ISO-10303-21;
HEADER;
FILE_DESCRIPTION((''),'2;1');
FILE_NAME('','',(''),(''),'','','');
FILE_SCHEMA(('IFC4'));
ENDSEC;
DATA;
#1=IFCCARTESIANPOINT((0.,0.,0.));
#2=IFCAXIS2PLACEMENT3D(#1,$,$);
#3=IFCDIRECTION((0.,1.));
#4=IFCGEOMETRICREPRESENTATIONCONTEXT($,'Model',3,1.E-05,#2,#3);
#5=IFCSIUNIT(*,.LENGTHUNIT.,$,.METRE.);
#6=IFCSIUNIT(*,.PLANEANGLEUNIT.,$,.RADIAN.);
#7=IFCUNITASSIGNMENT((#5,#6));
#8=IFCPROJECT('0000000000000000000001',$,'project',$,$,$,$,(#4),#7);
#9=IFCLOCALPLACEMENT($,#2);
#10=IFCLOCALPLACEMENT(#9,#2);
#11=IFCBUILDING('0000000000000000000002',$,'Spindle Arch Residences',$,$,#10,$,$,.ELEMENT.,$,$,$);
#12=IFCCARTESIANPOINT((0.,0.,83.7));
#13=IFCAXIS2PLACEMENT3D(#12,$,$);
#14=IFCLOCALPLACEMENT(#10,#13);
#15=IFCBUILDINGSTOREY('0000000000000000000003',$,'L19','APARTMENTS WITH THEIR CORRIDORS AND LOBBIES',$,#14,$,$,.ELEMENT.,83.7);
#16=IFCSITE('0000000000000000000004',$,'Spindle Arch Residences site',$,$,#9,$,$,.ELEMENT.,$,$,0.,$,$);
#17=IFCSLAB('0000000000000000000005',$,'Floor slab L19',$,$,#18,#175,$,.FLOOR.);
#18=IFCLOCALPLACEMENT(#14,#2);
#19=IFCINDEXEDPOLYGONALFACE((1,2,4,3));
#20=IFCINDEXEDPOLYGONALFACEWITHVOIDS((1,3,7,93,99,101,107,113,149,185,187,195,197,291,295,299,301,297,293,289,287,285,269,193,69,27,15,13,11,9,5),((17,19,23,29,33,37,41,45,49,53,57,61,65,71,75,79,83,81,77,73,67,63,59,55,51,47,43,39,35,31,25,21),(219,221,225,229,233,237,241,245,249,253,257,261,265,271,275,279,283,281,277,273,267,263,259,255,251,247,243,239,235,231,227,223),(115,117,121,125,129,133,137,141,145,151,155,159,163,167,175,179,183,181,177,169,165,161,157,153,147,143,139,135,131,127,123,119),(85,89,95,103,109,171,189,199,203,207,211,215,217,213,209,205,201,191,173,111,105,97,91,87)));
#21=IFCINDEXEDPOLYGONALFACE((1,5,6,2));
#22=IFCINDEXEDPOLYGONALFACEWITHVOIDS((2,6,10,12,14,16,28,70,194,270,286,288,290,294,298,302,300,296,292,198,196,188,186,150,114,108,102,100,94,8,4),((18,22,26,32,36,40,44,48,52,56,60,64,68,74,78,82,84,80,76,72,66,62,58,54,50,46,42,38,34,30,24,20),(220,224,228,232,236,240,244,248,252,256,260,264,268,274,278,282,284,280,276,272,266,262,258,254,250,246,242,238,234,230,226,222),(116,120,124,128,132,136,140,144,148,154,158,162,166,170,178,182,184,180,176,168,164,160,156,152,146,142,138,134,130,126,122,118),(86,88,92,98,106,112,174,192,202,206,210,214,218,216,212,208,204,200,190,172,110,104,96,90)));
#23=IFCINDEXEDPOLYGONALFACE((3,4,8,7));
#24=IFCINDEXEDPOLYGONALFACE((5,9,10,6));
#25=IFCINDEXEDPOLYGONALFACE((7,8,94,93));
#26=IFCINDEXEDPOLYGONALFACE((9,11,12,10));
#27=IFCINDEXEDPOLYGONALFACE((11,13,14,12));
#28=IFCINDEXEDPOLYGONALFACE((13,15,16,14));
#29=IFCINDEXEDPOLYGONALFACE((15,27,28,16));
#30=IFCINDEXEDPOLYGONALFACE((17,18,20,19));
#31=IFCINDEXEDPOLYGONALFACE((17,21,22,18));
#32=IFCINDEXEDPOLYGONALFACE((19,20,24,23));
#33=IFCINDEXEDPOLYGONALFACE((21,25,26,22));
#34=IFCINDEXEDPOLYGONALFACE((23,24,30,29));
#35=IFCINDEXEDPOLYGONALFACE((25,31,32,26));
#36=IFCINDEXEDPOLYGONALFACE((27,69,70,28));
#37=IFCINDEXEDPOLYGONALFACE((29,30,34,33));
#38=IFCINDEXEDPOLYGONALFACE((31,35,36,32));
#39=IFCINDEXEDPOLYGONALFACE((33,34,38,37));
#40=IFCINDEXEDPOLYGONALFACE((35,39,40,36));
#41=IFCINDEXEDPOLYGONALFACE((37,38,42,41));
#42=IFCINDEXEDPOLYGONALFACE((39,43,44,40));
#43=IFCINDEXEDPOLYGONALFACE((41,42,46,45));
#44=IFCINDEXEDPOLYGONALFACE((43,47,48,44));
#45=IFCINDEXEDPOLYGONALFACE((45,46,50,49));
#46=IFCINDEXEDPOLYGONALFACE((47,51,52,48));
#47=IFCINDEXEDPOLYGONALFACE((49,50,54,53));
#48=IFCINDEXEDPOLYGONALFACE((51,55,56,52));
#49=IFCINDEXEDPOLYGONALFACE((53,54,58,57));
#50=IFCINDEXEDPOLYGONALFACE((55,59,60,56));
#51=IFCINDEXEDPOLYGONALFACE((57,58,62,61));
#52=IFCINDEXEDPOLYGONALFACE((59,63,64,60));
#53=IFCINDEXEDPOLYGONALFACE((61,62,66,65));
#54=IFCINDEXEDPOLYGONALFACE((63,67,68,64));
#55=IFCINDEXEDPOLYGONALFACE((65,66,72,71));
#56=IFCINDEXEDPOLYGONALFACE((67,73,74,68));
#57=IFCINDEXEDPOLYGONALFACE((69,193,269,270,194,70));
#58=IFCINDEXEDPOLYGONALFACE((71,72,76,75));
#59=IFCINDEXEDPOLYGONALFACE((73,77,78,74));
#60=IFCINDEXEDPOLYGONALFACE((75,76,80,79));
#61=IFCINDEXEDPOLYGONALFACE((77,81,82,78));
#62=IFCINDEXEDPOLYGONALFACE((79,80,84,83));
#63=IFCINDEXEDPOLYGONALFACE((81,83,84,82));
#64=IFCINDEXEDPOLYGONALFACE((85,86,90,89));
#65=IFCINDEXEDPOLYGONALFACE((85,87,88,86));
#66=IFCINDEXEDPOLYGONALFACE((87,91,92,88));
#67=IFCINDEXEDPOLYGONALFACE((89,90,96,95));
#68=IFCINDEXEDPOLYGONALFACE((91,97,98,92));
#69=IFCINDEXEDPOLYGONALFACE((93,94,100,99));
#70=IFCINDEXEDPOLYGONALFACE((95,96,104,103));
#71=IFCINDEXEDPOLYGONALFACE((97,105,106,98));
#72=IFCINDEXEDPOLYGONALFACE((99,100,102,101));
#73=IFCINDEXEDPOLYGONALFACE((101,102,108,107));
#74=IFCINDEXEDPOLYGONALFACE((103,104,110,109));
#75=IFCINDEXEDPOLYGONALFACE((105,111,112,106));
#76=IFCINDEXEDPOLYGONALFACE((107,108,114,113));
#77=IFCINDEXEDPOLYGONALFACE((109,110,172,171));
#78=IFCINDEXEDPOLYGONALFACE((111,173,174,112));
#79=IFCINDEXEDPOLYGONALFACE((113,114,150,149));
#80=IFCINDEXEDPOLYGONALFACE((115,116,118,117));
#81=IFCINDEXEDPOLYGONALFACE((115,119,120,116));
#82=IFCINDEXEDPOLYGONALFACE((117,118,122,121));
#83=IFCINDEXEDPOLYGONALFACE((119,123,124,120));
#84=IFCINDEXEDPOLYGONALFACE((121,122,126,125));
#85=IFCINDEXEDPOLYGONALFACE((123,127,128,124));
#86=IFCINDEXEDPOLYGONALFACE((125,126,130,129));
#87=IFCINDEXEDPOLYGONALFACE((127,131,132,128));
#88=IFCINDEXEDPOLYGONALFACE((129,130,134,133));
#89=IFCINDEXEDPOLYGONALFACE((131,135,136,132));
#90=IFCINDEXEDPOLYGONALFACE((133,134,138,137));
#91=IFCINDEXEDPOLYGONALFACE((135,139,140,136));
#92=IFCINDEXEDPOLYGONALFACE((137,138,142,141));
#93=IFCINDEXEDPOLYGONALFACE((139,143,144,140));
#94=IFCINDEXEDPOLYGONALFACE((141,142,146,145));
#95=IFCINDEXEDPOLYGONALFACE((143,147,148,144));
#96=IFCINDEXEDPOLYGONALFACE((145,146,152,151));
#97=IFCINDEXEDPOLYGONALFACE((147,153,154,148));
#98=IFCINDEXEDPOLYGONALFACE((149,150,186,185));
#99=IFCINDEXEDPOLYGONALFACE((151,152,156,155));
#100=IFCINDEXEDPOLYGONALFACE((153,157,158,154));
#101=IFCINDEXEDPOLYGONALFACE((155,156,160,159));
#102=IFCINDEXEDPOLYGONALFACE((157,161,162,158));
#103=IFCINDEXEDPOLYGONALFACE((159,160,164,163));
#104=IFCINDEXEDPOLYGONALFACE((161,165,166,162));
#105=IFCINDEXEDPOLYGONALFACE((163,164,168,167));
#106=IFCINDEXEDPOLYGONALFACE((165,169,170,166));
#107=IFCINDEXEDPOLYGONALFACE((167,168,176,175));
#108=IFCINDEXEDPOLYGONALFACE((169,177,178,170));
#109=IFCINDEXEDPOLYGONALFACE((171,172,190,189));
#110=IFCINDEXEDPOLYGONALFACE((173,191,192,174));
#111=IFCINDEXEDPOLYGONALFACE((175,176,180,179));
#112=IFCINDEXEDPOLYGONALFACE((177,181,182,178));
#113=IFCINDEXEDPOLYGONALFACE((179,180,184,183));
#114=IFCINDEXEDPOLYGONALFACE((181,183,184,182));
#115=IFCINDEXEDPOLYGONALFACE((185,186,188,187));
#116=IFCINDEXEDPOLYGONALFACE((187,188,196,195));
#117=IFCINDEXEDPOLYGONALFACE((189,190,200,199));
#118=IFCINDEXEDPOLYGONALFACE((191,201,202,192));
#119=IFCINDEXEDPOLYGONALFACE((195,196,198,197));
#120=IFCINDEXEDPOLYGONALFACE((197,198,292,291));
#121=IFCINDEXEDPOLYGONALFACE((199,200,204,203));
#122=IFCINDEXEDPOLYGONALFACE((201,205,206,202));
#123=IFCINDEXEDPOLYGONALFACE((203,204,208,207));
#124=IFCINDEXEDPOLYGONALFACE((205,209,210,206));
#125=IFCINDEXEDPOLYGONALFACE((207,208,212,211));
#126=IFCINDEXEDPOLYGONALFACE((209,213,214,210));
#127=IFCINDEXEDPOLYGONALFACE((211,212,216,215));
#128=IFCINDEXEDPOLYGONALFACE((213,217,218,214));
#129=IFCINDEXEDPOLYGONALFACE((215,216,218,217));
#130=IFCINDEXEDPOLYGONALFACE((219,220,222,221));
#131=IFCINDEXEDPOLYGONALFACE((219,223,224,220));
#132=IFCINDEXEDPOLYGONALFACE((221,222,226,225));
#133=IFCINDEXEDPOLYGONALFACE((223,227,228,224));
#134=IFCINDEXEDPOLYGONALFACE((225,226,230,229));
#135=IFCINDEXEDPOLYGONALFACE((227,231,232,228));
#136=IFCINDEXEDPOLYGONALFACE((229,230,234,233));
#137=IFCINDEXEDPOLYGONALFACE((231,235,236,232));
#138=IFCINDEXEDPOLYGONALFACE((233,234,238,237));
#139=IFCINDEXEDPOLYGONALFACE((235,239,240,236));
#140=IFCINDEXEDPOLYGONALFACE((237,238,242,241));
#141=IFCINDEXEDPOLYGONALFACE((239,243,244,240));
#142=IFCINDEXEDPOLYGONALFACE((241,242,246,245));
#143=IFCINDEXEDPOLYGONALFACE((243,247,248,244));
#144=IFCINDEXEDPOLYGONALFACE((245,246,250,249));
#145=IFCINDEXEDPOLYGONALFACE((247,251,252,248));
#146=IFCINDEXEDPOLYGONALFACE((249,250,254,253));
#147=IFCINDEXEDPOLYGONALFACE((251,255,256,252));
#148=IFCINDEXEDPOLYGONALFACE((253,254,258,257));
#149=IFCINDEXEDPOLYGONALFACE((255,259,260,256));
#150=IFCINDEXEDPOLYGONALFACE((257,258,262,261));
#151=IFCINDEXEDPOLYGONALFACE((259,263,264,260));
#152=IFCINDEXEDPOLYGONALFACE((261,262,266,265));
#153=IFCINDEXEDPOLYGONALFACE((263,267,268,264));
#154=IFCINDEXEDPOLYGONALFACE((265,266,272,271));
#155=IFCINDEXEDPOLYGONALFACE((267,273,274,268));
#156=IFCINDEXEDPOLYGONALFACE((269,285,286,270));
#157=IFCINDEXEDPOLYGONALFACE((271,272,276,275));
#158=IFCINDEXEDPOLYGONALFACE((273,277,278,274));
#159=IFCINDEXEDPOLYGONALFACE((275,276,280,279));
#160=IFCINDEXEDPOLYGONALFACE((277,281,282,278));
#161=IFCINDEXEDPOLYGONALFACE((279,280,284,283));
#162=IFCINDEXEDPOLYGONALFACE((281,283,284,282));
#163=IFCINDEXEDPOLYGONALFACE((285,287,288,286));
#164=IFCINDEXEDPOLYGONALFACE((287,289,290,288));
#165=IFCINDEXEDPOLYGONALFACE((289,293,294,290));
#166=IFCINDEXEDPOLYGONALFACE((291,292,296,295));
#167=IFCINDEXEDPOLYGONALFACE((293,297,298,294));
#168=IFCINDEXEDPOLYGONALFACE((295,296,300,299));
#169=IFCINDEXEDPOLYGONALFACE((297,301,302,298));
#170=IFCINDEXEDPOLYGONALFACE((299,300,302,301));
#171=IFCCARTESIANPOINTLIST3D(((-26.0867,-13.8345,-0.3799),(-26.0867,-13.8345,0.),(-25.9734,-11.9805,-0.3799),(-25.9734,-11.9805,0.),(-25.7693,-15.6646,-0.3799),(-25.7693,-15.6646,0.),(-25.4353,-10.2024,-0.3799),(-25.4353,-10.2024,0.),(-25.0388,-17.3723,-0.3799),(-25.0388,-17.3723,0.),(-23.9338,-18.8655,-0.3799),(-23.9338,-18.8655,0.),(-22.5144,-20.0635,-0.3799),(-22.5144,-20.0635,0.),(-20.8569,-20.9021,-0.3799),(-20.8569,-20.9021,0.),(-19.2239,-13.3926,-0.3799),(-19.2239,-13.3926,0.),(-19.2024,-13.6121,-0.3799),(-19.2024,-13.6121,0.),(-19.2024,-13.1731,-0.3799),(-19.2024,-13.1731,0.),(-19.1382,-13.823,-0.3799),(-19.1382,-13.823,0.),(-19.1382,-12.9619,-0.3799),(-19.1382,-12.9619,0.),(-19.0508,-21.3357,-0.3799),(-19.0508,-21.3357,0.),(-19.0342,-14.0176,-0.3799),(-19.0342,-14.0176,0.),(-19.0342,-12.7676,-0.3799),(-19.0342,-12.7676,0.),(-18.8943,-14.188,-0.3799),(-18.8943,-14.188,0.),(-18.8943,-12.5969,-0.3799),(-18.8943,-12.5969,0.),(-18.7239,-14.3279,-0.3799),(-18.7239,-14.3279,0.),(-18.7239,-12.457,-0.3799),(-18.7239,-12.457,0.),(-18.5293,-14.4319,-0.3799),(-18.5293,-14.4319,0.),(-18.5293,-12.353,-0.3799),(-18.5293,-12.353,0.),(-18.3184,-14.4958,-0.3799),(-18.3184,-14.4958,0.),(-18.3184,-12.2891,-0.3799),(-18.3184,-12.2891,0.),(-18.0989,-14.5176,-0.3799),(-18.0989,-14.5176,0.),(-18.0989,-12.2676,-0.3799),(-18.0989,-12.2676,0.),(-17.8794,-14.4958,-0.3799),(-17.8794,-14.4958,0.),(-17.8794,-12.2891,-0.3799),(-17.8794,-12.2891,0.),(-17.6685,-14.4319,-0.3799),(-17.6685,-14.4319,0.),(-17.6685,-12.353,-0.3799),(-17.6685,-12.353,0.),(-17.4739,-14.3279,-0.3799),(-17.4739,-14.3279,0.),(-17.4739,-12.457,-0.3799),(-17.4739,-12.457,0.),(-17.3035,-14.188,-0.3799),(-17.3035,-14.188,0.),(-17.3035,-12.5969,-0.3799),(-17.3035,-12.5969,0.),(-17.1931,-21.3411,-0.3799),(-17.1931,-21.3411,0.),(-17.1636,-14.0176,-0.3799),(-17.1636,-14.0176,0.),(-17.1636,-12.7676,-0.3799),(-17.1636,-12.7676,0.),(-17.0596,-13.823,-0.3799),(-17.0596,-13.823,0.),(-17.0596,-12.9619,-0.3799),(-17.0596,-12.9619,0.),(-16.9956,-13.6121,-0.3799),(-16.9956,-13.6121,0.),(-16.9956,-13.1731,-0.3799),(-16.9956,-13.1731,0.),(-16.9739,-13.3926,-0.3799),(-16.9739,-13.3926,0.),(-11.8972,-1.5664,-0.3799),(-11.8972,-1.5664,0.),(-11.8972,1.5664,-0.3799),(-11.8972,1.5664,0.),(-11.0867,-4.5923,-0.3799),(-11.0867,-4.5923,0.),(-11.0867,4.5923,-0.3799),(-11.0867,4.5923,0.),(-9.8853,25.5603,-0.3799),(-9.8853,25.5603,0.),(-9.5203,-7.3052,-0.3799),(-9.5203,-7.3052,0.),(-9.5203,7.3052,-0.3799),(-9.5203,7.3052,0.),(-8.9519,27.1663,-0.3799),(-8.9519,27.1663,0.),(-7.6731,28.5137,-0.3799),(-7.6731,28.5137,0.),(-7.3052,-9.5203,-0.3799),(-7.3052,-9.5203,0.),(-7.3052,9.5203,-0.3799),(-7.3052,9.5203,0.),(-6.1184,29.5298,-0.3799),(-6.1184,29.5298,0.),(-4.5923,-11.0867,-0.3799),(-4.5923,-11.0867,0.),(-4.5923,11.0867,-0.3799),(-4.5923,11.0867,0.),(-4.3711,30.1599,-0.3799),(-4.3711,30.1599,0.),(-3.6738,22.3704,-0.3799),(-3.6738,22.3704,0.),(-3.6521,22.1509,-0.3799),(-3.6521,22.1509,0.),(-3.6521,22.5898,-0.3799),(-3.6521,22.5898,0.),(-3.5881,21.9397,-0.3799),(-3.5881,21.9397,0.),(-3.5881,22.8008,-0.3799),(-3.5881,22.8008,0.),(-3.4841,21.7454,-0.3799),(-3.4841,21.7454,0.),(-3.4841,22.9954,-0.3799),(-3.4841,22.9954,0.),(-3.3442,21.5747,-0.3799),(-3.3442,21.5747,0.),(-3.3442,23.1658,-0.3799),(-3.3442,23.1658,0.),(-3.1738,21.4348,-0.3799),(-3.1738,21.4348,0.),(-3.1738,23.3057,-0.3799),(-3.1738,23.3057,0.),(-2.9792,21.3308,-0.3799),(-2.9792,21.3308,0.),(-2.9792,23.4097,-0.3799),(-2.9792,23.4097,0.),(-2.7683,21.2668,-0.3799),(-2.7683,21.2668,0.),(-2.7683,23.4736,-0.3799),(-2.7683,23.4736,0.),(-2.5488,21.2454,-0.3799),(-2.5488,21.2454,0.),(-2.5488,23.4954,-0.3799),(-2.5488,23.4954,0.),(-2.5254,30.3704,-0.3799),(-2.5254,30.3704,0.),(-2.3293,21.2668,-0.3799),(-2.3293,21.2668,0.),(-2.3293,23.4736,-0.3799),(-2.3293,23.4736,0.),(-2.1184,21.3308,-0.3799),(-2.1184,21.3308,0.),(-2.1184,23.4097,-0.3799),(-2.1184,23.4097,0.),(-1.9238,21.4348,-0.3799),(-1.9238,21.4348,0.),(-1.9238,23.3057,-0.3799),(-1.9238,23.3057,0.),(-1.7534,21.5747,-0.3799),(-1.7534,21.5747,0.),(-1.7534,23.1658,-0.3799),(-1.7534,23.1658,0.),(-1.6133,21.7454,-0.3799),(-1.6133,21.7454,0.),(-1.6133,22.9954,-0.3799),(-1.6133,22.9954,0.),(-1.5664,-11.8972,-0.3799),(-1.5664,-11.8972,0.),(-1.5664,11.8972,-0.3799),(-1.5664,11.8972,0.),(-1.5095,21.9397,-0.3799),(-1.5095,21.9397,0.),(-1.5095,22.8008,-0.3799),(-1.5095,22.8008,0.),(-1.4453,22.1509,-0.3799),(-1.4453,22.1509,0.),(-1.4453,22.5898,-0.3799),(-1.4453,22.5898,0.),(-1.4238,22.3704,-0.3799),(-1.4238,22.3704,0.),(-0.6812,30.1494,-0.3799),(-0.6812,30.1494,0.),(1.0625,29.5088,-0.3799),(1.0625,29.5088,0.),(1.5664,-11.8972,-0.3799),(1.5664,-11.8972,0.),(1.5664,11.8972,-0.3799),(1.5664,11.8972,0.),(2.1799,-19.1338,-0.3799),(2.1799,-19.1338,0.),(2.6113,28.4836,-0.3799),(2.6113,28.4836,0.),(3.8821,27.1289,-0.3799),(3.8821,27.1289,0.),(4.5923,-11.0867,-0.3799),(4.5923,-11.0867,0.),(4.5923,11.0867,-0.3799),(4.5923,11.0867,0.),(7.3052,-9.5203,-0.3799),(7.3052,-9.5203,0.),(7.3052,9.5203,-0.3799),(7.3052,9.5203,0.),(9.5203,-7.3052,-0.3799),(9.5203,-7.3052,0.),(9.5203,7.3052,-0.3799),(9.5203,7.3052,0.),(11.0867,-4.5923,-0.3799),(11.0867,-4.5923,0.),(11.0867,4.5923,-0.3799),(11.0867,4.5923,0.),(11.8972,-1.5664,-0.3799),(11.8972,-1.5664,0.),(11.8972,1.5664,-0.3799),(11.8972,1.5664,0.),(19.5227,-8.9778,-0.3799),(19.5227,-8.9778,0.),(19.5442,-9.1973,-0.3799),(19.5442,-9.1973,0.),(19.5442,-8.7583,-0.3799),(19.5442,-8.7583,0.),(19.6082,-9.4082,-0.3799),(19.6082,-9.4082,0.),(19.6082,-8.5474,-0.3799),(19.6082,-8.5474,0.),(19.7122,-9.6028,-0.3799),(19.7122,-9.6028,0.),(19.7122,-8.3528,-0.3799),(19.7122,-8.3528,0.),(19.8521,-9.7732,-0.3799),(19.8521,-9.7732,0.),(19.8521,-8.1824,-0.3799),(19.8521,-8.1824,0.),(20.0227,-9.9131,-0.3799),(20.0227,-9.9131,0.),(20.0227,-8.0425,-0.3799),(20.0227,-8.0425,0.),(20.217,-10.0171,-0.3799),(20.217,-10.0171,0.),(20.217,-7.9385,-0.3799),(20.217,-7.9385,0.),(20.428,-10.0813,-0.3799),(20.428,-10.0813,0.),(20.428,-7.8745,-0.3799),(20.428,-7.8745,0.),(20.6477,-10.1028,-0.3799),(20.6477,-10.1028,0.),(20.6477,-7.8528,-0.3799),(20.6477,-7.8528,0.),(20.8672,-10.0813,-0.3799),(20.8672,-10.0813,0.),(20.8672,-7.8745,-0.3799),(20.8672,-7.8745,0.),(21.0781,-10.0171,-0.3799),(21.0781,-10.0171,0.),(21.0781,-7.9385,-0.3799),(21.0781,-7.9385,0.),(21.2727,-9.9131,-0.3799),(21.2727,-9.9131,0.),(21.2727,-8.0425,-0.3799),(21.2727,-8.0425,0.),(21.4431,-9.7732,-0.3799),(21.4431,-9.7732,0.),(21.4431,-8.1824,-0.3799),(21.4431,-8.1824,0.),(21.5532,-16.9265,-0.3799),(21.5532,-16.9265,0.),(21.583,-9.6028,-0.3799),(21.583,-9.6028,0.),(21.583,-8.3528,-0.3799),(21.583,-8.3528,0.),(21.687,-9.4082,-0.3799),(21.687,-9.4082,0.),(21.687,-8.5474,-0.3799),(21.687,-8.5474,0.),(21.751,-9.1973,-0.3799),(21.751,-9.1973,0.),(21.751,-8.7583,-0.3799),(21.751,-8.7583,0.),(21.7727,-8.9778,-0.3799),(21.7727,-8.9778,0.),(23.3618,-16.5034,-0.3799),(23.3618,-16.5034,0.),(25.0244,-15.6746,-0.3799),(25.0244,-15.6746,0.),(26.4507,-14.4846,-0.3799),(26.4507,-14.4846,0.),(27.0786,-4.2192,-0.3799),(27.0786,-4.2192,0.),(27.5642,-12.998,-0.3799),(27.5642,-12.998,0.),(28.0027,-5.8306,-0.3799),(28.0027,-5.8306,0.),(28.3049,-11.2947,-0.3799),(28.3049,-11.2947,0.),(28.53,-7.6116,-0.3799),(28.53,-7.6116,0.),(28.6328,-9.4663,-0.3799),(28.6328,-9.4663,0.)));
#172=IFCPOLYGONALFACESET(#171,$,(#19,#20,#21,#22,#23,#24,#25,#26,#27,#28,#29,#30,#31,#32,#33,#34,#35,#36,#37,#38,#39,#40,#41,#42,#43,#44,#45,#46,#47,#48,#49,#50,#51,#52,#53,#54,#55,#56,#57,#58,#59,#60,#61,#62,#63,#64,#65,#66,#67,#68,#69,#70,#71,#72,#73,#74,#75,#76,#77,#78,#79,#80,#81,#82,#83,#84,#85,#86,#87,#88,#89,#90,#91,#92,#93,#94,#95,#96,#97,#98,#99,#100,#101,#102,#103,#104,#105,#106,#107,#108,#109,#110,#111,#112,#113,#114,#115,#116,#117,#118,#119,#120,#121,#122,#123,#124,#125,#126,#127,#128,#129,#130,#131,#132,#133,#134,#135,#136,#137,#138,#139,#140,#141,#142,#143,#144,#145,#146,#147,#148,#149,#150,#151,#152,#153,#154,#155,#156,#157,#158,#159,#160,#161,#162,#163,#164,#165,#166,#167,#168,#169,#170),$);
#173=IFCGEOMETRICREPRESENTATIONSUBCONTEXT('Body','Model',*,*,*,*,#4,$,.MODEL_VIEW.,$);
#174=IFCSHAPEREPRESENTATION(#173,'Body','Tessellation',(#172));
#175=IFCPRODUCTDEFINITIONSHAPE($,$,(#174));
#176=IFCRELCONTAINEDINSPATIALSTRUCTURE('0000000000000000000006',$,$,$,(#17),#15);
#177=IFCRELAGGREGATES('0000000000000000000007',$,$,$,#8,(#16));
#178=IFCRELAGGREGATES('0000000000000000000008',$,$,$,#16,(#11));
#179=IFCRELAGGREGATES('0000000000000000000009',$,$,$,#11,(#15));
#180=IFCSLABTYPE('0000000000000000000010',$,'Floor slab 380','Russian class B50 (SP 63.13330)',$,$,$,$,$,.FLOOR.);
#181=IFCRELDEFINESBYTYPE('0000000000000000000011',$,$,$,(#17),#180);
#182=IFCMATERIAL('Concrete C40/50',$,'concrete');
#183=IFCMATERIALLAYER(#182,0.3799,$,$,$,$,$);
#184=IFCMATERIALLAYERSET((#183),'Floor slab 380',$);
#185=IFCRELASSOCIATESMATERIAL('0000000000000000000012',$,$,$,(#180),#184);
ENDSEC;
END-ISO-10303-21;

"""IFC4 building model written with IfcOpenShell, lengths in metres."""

from ifc_helpers import new_model, si_unit, direction, frame, origin, place, context, subcontext, project, spatial, polyline, outline, extrude, material, layer, layer_set, type_object, element, save


model = new_model("IFC4")

# Units and contexts
model_context = context("Model", 3, precision=1e-05, world=origin(), true_north=direction((0.0, 1.0)))
body_context = subcontext(model_context, "Body", "Model", "MODEL_VIEW")
ifc_project = project(units=[si_unit("LENGTHUNIT", "METRE"), si_unit("PLANEANGLEUNIT", "RADIAN")], contexts=[model_context])

# Site, building, storey
site_placement = place(None, origin())
site = spatial("IfcSite", under=ifc_project, at=site_placement, Name="Spindle Arch Residences site", CompositionType="ELEMENT", RefElevation=0.0)
building_placement = place(site_placement, origin())
building = spatial("IfcBuilding", under=site, at=building_placement, Name="Spindle Arch Residences", CompositionType="ELEMENT")
storey_placement = place(building_placement, frame((0.0, 0.0, 83.7)))
storey = spatial("IfcBuildingStorey", under=building, at=storey_placement, Name="L19", Description="APARTMENTS WITH THEIR CORRIDORS AND LOBBIES", CompositionType="ELEMENT", Elevation=83.7)

# Slab
ifc_material_1 = material(Name="Concrete C40/50", Category="concrete")
ifc_layer_1 = layer(ifc_material_1, 0.3799)
ifc_layer_set_1 = layer_set([ifc_layer_1], Name="Floor slab 380")
slab_type = type_object("IfcSlabType", Name="Floor slab 380", Description="Russian class B50 (SP 63.13330)", PredefinedType="FLOOR", material=ifc_layer_set_1)
slab_placement = place(storey_placement, frame((0.0, 0.0, -0.3799)))
element("IfcSlab", 1, at=slab_placement, inside=storey, type_object=slab_type, Name="Floor slab L19", PredefinedType="FLOOR", context=body_context, shape_type="SweptSolid", body=[
    extrude(outline(polyline([(-19.0508, -21.3357), (-20.8569, -20.9021), (-22.5144, -20.0635), (-23.9338, -18.8655), (-25.0388, -17.3723), (-25.7693, -15.6646), (-26.0867, -13.8345), (-25.9734, -11.9805), (-25.4353, -10.2024), (-9.8853, 25.5603), (-8.9519, 27.1663), (-7.6731, 28.5137), (-6.1184, 29.5298), (-4.3711, 30.1599), (-2.5254, 30.3704), (-0.6812, 30.1494), (1.0625, 29.5088), (2.6113, 28.4836), (3.8821, 27.1289), (27.0786, -4.2192), (28.0027, -5.8306), (28.53, -7.6116), (28.6328, -9.4663), (28.3049, -11.2947), (27.5642, -12.998), (26.4507, -14.4846), (25.0244, -15.6746), (23.3618, -16.5034), (21.5532, -16.9265), (2.1799, -19.1338), (-17.1931, -21.3411), (-19.0508, -21.3357)]), holes=[polyline([(7.3052, -9.5203), (9.5203, -7.3052), (11.0867, -4.5923), (11.8972, -1.5664), (11.8972, 1.5664), (11.0867, 4.5923), (9.5203, 7.3052), (7.3052, 9.5203), (4.5923, 11.0867), (1.5664, 11.8972), (-1.5664, 11.8972), (-4.5923, 11.0867), (-7.3052, 9.5203), (-9.5203, 7.3052), (-11.0867, 4.5923), (-11.8972, 1.5664), (-11.8972, -1.5664), (-11.0867, -4.5923), (-9.5203, -7.3052), (-7.3052, -9.5203), (-4.5923, -11.0867), (-1.5664, -11.8972), (1.5664, -11.8972), (4.5923, -11.0867), (7.3052, -9.5203)]), polyline([(-17.3035, -14.188), (-17.1636, -14.0176), (-17.0596, -13.823), (-16.9956, -13.6121), (-16.9739, -13.3926), (-16.9956, -13.1731), (-17.0596, -12.9619), (-17.1636, -12.7676), (-17.3035, -12.5969), (-17.4739, -12.457), (-17.6685, -12.353), (-17.8794, -12.2891), (-18.0989, -12.2676), (-18.3184, -12.2891), (-18.5293, -12.353), (-18.7239, -12.457), (-18.8943, -12.5969), (-19.0342, -12.7676), (-19.1382, -12.9619), (-19.2024, -13.1731), (-19.2239, -13.3926), (-19.2024, -13.6121), (-19.1382, -13.823), (-19.0342, -14.0176), (-18.8943, -14.188), (-18.7239, -14.3279), (-18.5293, -14.4319), (-18.3184, -14.4958), (-18.0989, -14.5176), (-17.8794, -14.4958), (-17.6685, -14.4319), (-17.4739, -14.3279), (-17.3035, -14.188)]), polyline([(-1.7534, 21.5747), (-1.6133, 21.7454), (-1.5095, 21.9397), (-1.4453, 22.1509), (-1.4238, 22.3704), (-1.4453, 22.5898), (-1.5095, 22.8008), (-1.6133, 22.9954), (-1.7534, 23.1658), (-1.9238, 23.3057), (-2.1184, 23.4097), (-2.3293, 23.4736), (-2.5488, 23.4954), (-2.7683, 23.4736), (-2.9792, 23.4097), (-3.1738, 23.3057), (-3.3442, 23.1658), (-3.4841, 22.9954), (-3.5881, 22.8008), (-3.6521, 22.5898), (-3.6738, 22.3704), (-3.6521, 22.1509), (-3.5881, 21.9397), (-3.4841, 21.7454), (-3.3442, 21.5747), (-3.1738, 21.4348), (-2.9792, 21.3308), (-2.7683, 21.2668), (-2.5488, 21.2454), (-2.3293, 21.2668), (-2.1184, 21.3308), (-1.9238, 21.4348), (-1.7534, 21.5747)]), polyline([(21.4431, -9.7732), (21.583, -9.6028), (21.687, -9.4082), (21.751, -9.1973), (21.7727, -8.9778), (21.751, -8.7583), (21.687, -8.5474), (21.583, -8.3528), (21.4431, -8.1824), (21.2727, -8.0425), (21.0781, -7.9385), (20.8672, -7.8745), (20.6477, -7.8528), (20.428, -7.8745), (20.217, -7.9385), (20.0227, -8.0425), (19.8521, -8.1824), (19.7122, -8.3528), (19.6082, -8.5474), (19.5442, -8.7583), (19.5227, -8.9778), (19.5442, -9.1973), (19.6082, -9.4082), (19.7122, -9.6028), (19.8521, -9.7732), (20.0227, -9.9131), (20.217, -10.0171), (20.428, -10.0813), (20.6477, -10.1028), (20.8672, -10.0813), (21.0781, -10.0171), (21.2727, -9.9131), (21.4431, -9.7732)])]), origin(), (0.0, 0.0, 1.0), 0.3799),
])

save(model, "model.ifc")
